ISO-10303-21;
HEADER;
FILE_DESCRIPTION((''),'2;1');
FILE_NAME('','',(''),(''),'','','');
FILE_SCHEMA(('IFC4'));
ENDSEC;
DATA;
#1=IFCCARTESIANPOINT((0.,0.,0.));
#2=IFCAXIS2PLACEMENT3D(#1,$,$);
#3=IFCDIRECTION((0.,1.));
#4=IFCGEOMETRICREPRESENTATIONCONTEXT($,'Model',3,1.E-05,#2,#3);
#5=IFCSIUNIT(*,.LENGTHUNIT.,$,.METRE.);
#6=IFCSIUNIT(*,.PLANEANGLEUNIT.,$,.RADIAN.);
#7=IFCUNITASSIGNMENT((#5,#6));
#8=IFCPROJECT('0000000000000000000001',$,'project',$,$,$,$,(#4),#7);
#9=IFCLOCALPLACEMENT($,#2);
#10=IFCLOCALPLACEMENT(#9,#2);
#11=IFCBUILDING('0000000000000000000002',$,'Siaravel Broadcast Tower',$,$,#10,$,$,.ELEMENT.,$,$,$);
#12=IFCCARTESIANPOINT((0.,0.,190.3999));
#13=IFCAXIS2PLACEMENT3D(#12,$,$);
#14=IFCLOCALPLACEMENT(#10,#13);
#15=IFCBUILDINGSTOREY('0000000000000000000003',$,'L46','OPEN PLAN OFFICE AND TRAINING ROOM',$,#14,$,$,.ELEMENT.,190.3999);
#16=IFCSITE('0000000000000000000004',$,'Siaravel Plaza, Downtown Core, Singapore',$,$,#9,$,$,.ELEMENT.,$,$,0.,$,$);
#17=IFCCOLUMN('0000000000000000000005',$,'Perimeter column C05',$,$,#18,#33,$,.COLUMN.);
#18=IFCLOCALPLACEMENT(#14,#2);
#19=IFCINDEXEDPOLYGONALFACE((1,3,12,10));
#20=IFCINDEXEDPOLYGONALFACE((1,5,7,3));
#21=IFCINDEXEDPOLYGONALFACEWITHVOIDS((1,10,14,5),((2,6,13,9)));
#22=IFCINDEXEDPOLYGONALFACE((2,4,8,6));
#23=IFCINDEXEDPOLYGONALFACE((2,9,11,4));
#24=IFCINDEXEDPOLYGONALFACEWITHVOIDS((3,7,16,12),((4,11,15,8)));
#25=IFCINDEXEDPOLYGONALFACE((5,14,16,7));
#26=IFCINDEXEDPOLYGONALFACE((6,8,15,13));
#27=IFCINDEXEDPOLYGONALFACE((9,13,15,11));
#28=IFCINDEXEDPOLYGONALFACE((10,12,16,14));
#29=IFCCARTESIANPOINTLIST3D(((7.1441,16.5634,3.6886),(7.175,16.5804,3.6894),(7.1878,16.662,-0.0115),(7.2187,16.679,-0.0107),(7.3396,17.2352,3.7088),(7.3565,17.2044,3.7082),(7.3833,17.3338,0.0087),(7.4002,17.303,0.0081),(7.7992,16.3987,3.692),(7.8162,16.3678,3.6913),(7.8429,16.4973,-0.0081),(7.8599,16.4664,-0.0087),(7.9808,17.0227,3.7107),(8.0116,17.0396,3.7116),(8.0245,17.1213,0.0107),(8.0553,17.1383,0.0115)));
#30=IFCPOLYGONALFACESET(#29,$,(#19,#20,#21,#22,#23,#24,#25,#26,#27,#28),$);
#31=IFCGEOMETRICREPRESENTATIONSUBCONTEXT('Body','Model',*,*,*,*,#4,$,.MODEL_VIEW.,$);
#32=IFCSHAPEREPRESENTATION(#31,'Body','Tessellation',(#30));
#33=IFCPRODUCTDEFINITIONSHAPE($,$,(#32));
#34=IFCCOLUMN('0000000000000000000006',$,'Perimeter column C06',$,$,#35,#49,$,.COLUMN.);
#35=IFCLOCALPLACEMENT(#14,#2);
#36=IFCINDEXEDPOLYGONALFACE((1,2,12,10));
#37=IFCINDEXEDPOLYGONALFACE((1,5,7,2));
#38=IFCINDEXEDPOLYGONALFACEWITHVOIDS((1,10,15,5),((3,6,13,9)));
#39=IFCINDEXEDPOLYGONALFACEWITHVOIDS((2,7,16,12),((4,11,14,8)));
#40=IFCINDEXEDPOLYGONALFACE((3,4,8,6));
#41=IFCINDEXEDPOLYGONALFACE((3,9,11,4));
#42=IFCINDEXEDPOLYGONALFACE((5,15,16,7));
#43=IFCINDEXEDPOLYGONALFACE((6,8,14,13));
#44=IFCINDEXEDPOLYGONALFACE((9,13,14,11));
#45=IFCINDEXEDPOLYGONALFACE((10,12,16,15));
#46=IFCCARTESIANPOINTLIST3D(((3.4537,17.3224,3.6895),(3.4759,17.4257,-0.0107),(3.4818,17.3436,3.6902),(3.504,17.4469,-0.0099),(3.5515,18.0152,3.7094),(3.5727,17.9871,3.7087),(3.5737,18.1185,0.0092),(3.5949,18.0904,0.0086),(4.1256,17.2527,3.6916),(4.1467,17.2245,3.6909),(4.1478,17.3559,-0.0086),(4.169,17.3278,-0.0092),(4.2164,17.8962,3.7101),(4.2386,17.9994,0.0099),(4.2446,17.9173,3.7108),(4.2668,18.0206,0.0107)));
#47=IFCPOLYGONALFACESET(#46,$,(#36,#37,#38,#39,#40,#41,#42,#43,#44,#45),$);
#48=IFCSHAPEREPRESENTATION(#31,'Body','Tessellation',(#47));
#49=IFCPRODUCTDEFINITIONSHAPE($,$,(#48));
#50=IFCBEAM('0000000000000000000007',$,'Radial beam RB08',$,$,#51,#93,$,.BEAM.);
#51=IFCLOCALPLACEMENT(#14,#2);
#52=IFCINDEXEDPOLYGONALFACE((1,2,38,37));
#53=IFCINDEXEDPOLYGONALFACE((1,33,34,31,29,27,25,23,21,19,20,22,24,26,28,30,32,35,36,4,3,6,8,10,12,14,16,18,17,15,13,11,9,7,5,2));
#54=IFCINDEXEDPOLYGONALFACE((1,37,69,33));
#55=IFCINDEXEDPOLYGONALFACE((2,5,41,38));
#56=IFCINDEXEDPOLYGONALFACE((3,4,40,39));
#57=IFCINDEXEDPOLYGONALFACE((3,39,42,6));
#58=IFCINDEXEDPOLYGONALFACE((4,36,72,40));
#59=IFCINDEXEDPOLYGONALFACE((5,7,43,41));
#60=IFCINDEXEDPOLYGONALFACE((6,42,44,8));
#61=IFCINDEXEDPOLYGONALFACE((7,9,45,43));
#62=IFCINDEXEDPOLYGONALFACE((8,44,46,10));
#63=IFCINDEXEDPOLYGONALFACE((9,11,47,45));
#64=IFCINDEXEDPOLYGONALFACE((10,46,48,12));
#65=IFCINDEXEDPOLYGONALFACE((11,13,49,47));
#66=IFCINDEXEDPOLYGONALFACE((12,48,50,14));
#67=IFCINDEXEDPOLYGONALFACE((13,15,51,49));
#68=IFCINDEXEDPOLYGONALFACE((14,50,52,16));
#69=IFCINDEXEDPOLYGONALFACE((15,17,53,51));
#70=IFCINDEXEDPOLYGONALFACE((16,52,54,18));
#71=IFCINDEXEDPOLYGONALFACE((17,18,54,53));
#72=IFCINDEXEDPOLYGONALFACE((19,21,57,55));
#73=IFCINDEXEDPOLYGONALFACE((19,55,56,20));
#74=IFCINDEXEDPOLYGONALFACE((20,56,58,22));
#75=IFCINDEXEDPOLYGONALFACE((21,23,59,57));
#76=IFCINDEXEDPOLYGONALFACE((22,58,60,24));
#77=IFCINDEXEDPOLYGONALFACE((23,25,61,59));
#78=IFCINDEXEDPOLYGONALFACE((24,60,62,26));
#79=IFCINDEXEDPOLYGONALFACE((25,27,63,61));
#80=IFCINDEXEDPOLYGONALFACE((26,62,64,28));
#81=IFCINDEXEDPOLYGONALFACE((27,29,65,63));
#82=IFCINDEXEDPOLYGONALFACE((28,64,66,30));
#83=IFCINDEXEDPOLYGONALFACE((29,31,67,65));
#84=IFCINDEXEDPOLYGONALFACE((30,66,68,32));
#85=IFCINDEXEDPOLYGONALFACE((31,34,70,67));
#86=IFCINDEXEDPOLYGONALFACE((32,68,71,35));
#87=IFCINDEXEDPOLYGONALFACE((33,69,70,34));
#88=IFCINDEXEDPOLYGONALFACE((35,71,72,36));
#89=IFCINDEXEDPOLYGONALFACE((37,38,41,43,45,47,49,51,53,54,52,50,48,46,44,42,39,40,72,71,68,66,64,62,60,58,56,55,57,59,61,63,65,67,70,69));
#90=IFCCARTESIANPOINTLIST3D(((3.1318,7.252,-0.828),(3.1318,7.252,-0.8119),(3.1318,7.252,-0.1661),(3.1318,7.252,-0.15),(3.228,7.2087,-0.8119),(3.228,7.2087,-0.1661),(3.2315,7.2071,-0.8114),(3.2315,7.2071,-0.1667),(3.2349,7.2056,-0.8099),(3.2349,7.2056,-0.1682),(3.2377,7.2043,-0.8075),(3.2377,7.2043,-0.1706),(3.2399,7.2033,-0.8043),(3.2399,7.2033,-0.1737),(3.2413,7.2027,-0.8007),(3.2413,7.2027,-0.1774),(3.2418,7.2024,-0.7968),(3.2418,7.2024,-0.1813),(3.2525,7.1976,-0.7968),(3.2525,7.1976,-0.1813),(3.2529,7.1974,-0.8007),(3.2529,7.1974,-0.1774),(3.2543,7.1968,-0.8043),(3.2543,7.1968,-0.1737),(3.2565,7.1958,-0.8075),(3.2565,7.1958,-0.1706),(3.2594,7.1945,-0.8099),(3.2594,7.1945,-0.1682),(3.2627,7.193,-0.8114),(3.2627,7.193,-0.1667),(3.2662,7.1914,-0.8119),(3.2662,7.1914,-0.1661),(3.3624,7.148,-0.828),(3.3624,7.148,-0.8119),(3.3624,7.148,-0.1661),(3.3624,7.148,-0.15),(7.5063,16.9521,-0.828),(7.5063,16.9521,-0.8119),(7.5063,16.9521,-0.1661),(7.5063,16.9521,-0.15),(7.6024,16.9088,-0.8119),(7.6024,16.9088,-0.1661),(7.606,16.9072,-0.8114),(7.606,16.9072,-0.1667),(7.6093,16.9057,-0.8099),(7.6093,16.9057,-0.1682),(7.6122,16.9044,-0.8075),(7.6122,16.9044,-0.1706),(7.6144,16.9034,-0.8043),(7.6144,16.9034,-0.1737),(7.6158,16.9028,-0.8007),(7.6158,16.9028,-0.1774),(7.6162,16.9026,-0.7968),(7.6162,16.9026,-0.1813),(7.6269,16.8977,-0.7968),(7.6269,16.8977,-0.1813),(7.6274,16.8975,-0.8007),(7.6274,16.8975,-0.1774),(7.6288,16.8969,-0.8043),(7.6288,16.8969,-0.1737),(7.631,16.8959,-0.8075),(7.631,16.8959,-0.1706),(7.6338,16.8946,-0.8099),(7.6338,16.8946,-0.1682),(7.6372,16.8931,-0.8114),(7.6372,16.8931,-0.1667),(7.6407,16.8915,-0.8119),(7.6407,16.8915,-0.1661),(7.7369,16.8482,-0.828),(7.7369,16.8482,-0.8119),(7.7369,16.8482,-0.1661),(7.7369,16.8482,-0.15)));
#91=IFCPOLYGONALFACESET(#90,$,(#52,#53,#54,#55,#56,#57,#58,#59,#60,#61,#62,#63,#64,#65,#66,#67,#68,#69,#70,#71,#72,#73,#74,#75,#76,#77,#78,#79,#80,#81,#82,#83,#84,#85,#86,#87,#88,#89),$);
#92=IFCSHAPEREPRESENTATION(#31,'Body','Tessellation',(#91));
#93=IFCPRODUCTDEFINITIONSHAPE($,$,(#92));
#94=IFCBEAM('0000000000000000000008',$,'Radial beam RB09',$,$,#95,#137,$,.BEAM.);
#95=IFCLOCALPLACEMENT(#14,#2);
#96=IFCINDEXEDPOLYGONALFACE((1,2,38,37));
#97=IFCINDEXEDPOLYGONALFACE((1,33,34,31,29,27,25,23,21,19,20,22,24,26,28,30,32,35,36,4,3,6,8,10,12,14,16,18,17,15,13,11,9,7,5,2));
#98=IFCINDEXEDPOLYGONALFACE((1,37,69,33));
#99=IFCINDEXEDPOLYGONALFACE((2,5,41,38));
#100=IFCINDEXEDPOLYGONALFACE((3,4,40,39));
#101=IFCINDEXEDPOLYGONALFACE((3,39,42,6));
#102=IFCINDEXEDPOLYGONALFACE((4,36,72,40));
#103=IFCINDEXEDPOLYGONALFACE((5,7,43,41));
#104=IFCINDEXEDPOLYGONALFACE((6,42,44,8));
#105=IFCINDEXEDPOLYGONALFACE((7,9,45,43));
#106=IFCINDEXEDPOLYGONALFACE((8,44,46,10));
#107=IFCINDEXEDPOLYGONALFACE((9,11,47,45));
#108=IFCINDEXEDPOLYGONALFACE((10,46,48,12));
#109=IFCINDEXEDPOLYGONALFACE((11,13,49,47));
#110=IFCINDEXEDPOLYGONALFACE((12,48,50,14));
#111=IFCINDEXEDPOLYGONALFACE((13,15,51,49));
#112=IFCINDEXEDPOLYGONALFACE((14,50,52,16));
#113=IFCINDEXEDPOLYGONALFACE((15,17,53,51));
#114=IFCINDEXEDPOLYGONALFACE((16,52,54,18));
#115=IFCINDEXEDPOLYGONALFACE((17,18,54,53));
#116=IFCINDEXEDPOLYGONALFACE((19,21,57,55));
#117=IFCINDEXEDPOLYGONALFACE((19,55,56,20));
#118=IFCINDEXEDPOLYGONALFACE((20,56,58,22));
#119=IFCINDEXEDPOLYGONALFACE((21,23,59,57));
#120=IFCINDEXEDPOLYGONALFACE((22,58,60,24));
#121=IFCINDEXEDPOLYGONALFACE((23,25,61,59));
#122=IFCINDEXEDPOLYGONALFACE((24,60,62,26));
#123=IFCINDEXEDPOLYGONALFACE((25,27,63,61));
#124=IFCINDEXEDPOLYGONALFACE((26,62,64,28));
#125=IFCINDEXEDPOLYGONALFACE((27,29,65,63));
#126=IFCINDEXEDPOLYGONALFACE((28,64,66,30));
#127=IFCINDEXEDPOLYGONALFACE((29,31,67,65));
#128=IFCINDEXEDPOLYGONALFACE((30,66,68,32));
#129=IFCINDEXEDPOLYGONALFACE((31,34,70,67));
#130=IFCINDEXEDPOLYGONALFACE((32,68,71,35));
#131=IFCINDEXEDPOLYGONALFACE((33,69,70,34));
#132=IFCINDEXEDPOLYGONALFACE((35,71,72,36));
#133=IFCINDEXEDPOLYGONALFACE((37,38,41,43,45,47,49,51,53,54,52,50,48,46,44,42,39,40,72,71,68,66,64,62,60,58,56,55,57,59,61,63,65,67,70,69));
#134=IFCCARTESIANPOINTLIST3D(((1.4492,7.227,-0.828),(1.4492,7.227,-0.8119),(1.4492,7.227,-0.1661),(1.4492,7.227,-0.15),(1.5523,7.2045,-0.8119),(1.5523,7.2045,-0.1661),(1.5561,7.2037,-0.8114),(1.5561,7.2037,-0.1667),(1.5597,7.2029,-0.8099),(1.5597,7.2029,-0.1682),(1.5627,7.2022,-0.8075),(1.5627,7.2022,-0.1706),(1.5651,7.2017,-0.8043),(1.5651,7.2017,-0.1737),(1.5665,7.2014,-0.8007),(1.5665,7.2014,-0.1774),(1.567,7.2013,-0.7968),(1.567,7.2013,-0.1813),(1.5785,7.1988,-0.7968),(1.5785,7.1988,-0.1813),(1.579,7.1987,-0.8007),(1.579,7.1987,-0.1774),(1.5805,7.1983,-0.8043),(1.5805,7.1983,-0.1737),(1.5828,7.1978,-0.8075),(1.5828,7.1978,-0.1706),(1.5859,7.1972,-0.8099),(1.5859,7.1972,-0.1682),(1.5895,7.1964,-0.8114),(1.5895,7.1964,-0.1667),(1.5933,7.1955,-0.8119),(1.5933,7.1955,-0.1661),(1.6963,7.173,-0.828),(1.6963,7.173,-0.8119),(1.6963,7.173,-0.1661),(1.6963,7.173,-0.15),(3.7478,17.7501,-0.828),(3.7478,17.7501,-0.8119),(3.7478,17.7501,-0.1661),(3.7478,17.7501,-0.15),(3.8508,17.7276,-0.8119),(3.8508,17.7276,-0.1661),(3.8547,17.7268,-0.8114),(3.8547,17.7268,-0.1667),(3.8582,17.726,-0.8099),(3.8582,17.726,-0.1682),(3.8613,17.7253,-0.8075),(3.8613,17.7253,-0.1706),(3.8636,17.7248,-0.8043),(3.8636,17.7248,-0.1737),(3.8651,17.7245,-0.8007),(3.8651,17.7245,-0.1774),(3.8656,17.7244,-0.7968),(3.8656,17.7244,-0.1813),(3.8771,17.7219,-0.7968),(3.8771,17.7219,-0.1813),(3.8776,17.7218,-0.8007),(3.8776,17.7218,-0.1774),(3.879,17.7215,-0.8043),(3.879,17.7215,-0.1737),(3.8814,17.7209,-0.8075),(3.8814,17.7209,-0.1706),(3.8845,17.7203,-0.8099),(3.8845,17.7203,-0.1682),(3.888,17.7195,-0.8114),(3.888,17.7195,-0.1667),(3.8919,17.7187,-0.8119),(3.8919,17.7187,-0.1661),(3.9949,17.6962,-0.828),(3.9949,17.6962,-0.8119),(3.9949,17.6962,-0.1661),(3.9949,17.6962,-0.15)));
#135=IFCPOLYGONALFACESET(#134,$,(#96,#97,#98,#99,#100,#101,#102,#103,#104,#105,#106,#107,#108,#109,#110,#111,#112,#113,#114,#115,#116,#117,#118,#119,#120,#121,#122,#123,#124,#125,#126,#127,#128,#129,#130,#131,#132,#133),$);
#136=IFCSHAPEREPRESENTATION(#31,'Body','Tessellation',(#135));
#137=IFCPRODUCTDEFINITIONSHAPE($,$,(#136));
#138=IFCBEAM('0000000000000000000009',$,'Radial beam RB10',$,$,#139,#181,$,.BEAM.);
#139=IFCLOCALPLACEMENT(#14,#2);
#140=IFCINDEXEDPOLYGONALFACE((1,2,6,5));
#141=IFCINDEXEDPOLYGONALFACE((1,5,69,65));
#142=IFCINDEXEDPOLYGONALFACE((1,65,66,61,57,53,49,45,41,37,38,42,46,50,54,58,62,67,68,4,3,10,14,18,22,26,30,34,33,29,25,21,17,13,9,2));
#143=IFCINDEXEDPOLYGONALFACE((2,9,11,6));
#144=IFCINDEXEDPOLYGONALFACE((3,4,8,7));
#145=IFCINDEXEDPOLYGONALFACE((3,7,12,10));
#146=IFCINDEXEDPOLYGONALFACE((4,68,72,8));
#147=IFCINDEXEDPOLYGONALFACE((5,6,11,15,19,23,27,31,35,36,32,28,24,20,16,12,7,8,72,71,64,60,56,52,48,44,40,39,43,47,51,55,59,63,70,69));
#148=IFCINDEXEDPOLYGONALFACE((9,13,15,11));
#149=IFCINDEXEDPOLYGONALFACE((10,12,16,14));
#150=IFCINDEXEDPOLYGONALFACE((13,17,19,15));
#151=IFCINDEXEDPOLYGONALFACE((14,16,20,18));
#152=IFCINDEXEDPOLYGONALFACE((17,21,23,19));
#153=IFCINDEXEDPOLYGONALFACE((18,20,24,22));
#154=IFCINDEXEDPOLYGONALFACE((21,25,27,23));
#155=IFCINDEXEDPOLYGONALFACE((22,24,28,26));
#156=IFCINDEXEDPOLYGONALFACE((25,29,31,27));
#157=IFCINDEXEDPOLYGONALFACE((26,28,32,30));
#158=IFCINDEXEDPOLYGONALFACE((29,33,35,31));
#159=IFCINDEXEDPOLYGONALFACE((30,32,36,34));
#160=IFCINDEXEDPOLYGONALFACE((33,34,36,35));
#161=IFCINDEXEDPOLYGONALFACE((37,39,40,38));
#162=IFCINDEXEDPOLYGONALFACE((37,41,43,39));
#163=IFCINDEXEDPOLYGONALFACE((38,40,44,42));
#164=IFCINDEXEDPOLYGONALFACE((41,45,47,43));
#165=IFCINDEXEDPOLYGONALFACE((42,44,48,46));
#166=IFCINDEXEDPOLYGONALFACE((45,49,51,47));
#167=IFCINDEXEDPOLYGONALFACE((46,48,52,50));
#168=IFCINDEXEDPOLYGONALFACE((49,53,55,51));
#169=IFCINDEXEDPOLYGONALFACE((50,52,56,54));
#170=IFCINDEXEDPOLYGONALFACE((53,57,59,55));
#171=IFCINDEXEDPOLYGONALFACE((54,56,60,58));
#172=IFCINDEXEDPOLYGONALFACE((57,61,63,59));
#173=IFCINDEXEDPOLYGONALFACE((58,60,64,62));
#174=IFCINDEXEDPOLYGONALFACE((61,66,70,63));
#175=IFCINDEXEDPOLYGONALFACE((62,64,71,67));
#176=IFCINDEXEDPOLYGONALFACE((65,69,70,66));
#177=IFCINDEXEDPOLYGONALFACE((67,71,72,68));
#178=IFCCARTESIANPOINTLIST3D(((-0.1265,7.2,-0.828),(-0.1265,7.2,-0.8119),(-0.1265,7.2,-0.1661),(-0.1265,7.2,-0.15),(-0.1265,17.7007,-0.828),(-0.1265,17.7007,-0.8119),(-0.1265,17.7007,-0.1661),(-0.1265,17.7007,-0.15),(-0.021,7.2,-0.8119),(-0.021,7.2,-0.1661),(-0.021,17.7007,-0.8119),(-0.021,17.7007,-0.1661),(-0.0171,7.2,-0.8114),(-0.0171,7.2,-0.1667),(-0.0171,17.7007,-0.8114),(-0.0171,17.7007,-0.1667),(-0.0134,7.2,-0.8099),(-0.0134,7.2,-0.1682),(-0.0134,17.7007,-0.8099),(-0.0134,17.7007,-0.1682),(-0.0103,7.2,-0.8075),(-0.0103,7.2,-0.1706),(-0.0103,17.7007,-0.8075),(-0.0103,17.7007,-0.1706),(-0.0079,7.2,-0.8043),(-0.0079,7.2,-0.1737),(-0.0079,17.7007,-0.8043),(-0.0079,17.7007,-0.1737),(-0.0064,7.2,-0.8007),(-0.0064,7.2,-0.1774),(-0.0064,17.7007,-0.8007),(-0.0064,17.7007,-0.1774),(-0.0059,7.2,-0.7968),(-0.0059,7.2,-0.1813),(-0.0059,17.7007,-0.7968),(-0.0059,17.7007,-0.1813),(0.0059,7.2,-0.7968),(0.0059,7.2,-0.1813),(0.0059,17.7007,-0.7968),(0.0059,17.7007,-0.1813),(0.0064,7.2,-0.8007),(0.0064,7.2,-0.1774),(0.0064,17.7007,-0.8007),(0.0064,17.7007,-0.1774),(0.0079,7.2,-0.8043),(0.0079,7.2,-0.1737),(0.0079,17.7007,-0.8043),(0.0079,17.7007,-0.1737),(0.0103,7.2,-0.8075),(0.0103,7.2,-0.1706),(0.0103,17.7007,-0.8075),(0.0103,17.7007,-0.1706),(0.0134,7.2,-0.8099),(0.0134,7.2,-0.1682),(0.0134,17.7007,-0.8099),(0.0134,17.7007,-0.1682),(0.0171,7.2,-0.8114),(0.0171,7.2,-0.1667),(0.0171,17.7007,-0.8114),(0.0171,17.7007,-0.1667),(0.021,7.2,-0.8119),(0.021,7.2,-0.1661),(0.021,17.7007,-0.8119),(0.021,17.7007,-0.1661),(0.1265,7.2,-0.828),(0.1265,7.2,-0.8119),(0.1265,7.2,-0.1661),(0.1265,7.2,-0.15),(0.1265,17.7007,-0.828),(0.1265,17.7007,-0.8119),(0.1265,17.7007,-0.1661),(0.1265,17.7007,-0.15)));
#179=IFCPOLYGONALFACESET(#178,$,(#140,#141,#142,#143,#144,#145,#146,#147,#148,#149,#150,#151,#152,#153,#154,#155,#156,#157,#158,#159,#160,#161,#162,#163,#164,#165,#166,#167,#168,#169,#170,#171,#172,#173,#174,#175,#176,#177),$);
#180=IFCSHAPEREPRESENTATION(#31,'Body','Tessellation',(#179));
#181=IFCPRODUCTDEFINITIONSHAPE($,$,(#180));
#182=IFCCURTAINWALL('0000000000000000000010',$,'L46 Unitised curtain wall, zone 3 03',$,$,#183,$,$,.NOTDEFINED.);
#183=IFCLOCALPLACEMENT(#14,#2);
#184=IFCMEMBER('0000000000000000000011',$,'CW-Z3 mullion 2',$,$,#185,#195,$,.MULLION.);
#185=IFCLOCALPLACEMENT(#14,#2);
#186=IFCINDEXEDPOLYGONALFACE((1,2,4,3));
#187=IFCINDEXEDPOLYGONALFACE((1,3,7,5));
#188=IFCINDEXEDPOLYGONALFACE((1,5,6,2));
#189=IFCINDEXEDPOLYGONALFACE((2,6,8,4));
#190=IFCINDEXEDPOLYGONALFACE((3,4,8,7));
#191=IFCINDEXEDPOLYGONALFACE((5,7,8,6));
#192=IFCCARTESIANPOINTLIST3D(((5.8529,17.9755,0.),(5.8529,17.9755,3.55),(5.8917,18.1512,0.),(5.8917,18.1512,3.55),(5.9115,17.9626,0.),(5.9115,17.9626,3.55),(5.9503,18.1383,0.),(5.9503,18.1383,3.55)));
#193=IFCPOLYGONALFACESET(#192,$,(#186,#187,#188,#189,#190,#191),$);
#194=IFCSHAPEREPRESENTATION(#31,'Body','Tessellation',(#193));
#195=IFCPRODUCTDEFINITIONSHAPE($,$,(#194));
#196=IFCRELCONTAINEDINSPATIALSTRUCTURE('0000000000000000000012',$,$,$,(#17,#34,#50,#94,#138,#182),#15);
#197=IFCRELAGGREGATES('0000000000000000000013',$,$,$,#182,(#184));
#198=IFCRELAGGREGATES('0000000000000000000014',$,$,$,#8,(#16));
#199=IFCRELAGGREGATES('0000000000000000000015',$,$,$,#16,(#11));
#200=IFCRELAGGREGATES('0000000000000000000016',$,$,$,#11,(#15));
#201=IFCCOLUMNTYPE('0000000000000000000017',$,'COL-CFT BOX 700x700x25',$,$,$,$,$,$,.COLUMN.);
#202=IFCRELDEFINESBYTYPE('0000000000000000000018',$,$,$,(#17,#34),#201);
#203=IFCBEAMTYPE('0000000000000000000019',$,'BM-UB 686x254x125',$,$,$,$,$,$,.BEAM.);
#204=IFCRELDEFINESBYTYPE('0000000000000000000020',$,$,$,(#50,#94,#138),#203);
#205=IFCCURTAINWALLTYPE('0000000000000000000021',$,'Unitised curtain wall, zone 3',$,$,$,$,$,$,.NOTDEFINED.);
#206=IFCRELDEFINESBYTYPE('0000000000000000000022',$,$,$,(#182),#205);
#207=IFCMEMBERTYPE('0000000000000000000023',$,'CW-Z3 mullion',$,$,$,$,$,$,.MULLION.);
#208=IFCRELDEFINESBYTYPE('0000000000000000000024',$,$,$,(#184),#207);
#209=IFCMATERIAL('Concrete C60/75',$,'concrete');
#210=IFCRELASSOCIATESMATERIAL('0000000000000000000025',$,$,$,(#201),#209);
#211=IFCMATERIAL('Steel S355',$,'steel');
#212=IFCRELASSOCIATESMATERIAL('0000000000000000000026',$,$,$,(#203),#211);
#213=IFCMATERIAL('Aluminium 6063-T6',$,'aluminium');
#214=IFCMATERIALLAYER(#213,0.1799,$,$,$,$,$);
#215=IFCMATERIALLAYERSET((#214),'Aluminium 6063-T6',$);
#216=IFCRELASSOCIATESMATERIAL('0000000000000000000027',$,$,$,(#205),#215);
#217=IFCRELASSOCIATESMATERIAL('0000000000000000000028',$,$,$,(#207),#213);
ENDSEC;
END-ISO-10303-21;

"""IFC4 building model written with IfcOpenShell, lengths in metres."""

from ifc_helpers import new_model, si_unit, direction, frame, origin, origin_2d, place, context, subcontext, project, spatial, rectangle, hollow_rectangle, i_section, extrude, material, layer, layer_set, material_profile, profile_set, type_object, element, aggregate, save


model = new_model("IFC4")

# Units and contexts
model_context = context("Model", 3, precision=1e-05, world=origin(), true_north=direction((0.0, 1.0)))
body_context = subcontext(model_context, "Body", "Model", "MODEL_VIEW")
ifc_project = project(units=[si_unit("LENGTHUNIT", "METRE"), si_unit("PLANEANGLEUNIT", "RADIAN")], contexts=[model_context])

# Site, building, storey
site_placement = place(None, origin())
site = spatial("IfcSite", under=ifc_project, at=site_placement, Name="Siaravel Plaza, Downtown Core, Singapore", CompositionType="ELEMENT", RefElevation=0.0)
building_placement = place(site_placement, origin())
building = spatial("IfcBuilding", under=site, at=building_placement, Name="Siaravel Broadcast Tower", CompositionType="ELEMENT")
storey_placement = place(building_placement, frame((0.0, 0.0, 190.3999)))
storey = spatial("IfcBuildingStorey", under=building, at=storey_placement, Name="L46", Description="OPEN PLAN OFFICE AND TRAINING ROOM", CompositionType="ELEMENT", Elevation=190.3999)

# Columns
ifc_material_1 = material(Name="Concrete C60/75", Category="concrete")
ifc_material_profile_1 = material_profile(ifc_material_1, hollow_rectangle(XDim=0.7, YDim=0.7, WallThickness=0.0249, at=origin_2d()))
ifc_profile_set_1 = profile_set([ifc_material_profile_1], Name="Concrete C60/75")
column_type = type_object("IfcColumnType", Name="COL-CFT BOX 700x700x25", PredefinedType="COLUMN", material=ifc_profile_set_1)
for number, where, z_axis, x_axis, name in (
    (1, (7.6216, 16.9001, 0.0), (-0.011805, -0.026645, 0.999575), (0.960155, -0.27944, 0.003891), "Perimeter column C05"),
    (2, (3.8713, 17.7231, 0.0), (-0.006002, -0.027898, 0.999593), (0.990169, -0.139858, 0.002042), "Perimeter column C06"),
):
    element("IfcColumn", number, at=place(storey_placement, frame(where, z_axis=z_axis, x_axis=x_axis)), inside=storey, type_object=column_type, Name=name, PredefinedType="COLUMN", context=body_context, shape_type="SweptSolid", body=[
        extrude(hollow_rectangle(XDim=0.7, YDim=0.7, WallThickness=0.0249, at=origin_2d()), origin(), (0.0, 0.0, 1.0), 3.7017),
    ])

# Beams
ifc_material_2 = material(Name="Steel S355", Category="steel")
ifc_material_profile_2 = material_profile(ifc_material_2, i_section(OverallWidth=0.2529, OverallDepth=0.678, WebThickness=0.0117, FlangeThickness=0.0161, FilletRadius=0.0151, at=origin_2d()))
ifc_profile_set_2 = profile_set([ifc_material_profile_2], Name="Steel S355")
beam_type = type_object("IfcBeamType", Name="BM-UB 686x254x125", PredefinedType="BEAM", material=ifc_profile_set_2)
beam_1_placement = place(storey_placement, frame((7.6216, 16.9001, -0.489), z_axis=(-0.411101, -0.91159, 0.0), x_axis=(0.91159, -0.411101, 0.0)))
element("IfcBeam", 3, at=beam_1_placement, inside=storey, type_object=beam_type, Name="Radial beam RB08", PredefinedType="BEAM", context=body_context, shape_type="SweptSolid", body=[
    extrude(i_section(OverallWidth=0.2529, OverallDepth=0.678, WebThickness=0.0117, FlangeThickness=0.0161, FilletRadius=0.0151, at=origin_2d()), origin(), (0.0, 0.0, 1.0), 10.6409),
])
beam_2_placement = place(storey_placement, frame((3.8713, 17.7231, -0.489), z_axis=(-0.213399, -0.976965, 0.0), x_axis=(0.976965, -0.213399, 0.0)))
element("IfcBeam", 4, at=beam_2_placement, inside=storey, type_object=beam_type, Name="Radial beam RB09", PredefinedType="BEAM", context=body_context, shape_type="SweptSolid", body=[
    extrude(i_section(OverallWidth=0.2529, OverallDepth=0.678, WebThickness=0.0117, FlangeThickness=0.0161, FilletRadius=0.0151, at=origin_2d()), origin(), (0.0, 0.0, 1.0), 10.7712),
])
beam_3_placement = place(storey_placement, frame((0.0, 17.7007, -0.489), z_axis=(0.0, -1.0, 0.0), x_axis=(1.0, 0.0, 0.0)))
element("IfcBeam", 5, at=beam_3_placement, inside=storey, type_object=beam_type, Name="Radial beam RB10", PredefinedType="BEAM", context=body_context, shape_type="SweptSolid", body=[
    extrude(i_section(OverallWidth=0.2529, OverallDepth=0.678, WebThickness=0.0117, FlangeThickness=0.0161, FilletRadius=0.0151, at=origin_2d()), origin(), (0.0, 0.0, 1.0), 10.5007),
])

# Curtain wall, member
ifc_material_3 = material(Name="Aluminium 6063-T6", Category="aluminium")
ifc_layer_1 = layer(ifc_material_3, 0.1799)
ifc_layer_set_1 = layer_set([ifc_layer_1], Name="Aluminium 6063-T6")
curtain_wall_type = type_object("IfcCurtainWallType", Name="Unitised curtain wall, zone 3", PredefinedType="NOTDEFINED", material=ifc_layer_set_1)
curtain_wall_placement = place(storey_placement, origin())
curtain_wall = element("IfcCurtainWall", 6, at=curtain_wall_placement, inside=storey, type_object=curtain_wall_type, Name="L46 Unitised curtain wall, zone 3 03", PredefinedType="NOTDEFINED")
ifc_material_profile_3 = material_profile(ifc_material_3, rectangle(XDim=0.1799, YDim=0.0601, at=origin_2d()))
ifc_profile_set_3 = profile_set([ifc_material_profile_3], Name="Aluminium 6063-T6")
member_type_1 = type_object("IfcMemberType", Name="CW-Z3 mullion", PredefinedType="MULLION", material=ifc_profile_set_3)
member_1_placement = place(storey_placement, frame((5.9016, 18.0569, 0.0), z_axis=(0.0, 0.0, 1.0), x_axis=(-0.215558, -0.976491, 0.0)))
member_1 = element("IfcMember", 7, at=member_1_placement, type_object=member_type_1, Name="CW-Z3 mullion 2", PredefinedType="MULLION", context=body_context, shape_type="SweptSolid", body=[
    extrude(rectangle(XDim=0.1799, YDim=0.0601, at=origin_2d()), origin(), (0.0, 0.0, 1.0), 3.55),
])

aggregate(curtain_wall, [member_1])

save(model, "model.ifc")
